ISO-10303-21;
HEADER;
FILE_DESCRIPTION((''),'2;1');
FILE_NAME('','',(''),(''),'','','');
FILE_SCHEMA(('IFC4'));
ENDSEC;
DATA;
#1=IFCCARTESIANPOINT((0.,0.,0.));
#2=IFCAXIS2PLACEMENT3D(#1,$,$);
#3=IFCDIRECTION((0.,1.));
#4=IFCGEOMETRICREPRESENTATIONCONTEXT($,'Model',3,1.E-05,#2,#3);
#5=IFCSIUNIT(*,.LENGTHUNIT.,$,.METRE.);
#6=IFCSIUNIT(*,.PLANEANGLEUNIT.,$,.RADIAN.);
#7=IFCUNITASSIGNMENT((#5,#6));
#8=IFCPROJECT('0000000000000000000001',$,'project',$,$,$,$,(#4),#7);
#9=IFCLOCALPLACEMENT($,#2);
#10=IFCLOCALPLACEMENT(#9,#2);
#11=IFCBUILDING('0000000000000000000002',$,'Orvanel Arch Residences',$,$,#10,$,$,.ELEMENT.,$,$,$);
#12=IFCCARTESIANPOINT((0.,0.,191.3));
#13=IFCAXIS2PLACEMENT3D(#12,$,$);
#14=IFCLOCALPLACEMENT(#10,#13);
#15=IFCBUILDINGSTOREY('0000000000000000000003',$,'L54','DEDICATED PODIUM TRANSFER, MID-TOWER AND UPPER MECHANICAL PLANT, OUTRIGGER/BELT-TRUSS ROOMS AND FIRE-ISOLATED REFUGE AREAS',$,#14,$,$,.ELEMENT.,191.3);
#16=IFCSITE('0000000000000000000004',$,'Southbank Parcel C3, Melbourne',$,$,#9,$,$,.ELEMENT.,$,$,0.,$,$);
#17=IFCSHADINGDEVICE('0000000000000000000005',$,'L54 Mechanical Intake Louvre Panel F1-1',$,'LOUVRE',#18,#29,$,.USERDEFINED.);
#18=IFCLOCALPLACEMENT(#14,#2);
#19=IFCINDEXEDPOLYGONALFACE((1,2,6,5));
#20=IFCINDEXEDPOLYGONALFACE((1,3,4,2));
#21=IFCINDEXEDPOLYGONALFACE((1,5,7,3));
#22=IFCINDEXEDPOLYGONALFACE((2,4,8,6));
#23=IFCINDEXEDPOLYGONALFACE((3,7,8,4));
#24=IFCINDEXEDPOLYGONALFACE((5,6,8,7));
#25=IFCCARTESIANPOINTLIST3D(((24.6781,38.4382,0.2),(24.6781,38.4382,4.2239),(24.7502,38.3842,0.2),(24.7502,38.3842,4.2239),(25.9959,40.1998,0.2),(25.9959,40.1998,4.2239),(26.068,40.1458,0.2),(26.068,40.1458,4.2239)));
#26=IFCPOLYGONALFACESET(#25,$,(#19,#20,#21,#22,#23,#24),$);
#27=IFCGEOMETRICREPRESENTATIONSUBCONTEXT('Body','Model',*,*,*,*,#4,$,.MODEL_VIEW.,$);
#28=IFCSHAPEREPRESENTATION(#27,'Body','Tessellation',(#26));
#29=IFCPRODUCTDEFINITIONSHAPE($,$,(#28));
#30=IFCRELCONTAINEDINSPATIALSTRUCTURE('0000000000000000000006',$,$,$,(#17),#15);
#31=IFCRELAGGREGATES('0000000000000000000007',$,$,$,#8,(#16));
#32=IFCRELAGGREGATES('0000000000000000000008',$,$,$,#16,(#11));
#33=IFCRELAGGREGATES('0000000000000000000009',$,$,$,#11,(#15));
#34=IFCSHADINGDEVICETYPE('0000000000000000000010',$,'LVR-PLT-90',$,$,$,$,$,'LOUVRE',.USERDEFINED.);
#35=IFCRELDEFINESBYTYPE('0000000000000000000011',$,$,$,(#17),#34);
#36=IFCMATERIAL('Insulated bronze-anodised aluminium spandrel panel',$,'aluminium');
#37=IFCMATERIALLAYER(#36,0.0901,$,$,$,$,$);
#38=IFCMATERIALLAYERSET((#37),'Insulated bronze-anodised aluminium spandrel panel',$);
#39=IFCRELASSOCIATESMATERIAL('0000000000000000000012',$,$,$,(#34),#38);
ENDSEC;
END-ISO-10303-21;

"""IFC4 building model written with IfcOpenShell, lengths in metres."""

from ifc_helpers import new_model, si_unit, direction, frame, origin, origin_2d, place, context, subcontext, project, spatial, rectangle, extrude, material, layer, layer_set, type_object, element, save


model = new_model("IFC4")

# Units and contexts
model_context = context("Model", 3, precision=1e-05, world=origin(), true_north=direction((0.0, 1.0)))
body_context = subcontext(model_context, "Body", "Model", "MODEL_VIEW")
ifc_project = project(units=[si_unit("LENGTHUNIT", "METRE"), si_unit("PLANEANGLEUNIT", "RADIAN")], contexts=[model_context])

# Site, building, storey
site_placement = place(None, origin())
site = spatial("IfcSite", under=ifc_project, at=site_placement, Name="Southbank Parcel C3, Melbourne", CompositionType="ELEMENT", RefElevation=0.0)
building_placement = place(site_placement, origin())
building = spatial("IfcBuilding", under=site, at=building_placement, Name="Orvanel Arch Residences", CompositionType="ELEMENT")
storey_placement = place(building_placement, frame((0.0, 0.0, 191.3)))
storey = spatial("IfcBuildingStorey", under=building, at=storey_placement, Name="L54", Description="DEDICATED PODIUM TRANSFER, MID-TOWER AND UPPER MECHANICAL PLANT, OUTRIGGER/BELT-TRUSS ROOMS AND FIRE-ISOLATED REFUGE AREAS", CompositionType="ELEMENT", Elevation=191.3)

# Shading device
ifc_material_1 = material(Name="Insulated bronze-anodised aluminium spandrel panel", Category="aluminium")
ifc_layer_1 = layer(ifc_material_1, 0.0901)
ifc_layer_set_1 = layer_set([ifc_layer_1], Name="Insulated bronze-anodised aluminium spandrel panel")
shading_device_type = type_object("IfcShadingDeviceType", Name="LVR-PLT-90", ElementType="LOUVRE", PredefinedType="USERDEFINED", material=ifc_layer_set_1)
shading_device_placement = place(storey_placement, frame((25.373, 39.292, 0.2), z_axis=(0.0, 0.0, 1.0), x_axis=(-0.599024, -0.800731, 0.0)))
element("IfcShadingDevice", 1, at=shading_device_placement, inside=storey, type_object=shading_device_type, Name="L54 Mechanical Intake Louvre Panel F1-1", ObjectType="LOUVRE", PredefinedType="USERDEFINED", context=body_context, shape_type="SweptSolid", body=[
    extrude(rectangle(XDim=2.2, YDim=0.0901, at=origin_2d()), origin(), (0.0, 0.0, 1.0), 4.0239),
])

save(model, "model.ifc")
